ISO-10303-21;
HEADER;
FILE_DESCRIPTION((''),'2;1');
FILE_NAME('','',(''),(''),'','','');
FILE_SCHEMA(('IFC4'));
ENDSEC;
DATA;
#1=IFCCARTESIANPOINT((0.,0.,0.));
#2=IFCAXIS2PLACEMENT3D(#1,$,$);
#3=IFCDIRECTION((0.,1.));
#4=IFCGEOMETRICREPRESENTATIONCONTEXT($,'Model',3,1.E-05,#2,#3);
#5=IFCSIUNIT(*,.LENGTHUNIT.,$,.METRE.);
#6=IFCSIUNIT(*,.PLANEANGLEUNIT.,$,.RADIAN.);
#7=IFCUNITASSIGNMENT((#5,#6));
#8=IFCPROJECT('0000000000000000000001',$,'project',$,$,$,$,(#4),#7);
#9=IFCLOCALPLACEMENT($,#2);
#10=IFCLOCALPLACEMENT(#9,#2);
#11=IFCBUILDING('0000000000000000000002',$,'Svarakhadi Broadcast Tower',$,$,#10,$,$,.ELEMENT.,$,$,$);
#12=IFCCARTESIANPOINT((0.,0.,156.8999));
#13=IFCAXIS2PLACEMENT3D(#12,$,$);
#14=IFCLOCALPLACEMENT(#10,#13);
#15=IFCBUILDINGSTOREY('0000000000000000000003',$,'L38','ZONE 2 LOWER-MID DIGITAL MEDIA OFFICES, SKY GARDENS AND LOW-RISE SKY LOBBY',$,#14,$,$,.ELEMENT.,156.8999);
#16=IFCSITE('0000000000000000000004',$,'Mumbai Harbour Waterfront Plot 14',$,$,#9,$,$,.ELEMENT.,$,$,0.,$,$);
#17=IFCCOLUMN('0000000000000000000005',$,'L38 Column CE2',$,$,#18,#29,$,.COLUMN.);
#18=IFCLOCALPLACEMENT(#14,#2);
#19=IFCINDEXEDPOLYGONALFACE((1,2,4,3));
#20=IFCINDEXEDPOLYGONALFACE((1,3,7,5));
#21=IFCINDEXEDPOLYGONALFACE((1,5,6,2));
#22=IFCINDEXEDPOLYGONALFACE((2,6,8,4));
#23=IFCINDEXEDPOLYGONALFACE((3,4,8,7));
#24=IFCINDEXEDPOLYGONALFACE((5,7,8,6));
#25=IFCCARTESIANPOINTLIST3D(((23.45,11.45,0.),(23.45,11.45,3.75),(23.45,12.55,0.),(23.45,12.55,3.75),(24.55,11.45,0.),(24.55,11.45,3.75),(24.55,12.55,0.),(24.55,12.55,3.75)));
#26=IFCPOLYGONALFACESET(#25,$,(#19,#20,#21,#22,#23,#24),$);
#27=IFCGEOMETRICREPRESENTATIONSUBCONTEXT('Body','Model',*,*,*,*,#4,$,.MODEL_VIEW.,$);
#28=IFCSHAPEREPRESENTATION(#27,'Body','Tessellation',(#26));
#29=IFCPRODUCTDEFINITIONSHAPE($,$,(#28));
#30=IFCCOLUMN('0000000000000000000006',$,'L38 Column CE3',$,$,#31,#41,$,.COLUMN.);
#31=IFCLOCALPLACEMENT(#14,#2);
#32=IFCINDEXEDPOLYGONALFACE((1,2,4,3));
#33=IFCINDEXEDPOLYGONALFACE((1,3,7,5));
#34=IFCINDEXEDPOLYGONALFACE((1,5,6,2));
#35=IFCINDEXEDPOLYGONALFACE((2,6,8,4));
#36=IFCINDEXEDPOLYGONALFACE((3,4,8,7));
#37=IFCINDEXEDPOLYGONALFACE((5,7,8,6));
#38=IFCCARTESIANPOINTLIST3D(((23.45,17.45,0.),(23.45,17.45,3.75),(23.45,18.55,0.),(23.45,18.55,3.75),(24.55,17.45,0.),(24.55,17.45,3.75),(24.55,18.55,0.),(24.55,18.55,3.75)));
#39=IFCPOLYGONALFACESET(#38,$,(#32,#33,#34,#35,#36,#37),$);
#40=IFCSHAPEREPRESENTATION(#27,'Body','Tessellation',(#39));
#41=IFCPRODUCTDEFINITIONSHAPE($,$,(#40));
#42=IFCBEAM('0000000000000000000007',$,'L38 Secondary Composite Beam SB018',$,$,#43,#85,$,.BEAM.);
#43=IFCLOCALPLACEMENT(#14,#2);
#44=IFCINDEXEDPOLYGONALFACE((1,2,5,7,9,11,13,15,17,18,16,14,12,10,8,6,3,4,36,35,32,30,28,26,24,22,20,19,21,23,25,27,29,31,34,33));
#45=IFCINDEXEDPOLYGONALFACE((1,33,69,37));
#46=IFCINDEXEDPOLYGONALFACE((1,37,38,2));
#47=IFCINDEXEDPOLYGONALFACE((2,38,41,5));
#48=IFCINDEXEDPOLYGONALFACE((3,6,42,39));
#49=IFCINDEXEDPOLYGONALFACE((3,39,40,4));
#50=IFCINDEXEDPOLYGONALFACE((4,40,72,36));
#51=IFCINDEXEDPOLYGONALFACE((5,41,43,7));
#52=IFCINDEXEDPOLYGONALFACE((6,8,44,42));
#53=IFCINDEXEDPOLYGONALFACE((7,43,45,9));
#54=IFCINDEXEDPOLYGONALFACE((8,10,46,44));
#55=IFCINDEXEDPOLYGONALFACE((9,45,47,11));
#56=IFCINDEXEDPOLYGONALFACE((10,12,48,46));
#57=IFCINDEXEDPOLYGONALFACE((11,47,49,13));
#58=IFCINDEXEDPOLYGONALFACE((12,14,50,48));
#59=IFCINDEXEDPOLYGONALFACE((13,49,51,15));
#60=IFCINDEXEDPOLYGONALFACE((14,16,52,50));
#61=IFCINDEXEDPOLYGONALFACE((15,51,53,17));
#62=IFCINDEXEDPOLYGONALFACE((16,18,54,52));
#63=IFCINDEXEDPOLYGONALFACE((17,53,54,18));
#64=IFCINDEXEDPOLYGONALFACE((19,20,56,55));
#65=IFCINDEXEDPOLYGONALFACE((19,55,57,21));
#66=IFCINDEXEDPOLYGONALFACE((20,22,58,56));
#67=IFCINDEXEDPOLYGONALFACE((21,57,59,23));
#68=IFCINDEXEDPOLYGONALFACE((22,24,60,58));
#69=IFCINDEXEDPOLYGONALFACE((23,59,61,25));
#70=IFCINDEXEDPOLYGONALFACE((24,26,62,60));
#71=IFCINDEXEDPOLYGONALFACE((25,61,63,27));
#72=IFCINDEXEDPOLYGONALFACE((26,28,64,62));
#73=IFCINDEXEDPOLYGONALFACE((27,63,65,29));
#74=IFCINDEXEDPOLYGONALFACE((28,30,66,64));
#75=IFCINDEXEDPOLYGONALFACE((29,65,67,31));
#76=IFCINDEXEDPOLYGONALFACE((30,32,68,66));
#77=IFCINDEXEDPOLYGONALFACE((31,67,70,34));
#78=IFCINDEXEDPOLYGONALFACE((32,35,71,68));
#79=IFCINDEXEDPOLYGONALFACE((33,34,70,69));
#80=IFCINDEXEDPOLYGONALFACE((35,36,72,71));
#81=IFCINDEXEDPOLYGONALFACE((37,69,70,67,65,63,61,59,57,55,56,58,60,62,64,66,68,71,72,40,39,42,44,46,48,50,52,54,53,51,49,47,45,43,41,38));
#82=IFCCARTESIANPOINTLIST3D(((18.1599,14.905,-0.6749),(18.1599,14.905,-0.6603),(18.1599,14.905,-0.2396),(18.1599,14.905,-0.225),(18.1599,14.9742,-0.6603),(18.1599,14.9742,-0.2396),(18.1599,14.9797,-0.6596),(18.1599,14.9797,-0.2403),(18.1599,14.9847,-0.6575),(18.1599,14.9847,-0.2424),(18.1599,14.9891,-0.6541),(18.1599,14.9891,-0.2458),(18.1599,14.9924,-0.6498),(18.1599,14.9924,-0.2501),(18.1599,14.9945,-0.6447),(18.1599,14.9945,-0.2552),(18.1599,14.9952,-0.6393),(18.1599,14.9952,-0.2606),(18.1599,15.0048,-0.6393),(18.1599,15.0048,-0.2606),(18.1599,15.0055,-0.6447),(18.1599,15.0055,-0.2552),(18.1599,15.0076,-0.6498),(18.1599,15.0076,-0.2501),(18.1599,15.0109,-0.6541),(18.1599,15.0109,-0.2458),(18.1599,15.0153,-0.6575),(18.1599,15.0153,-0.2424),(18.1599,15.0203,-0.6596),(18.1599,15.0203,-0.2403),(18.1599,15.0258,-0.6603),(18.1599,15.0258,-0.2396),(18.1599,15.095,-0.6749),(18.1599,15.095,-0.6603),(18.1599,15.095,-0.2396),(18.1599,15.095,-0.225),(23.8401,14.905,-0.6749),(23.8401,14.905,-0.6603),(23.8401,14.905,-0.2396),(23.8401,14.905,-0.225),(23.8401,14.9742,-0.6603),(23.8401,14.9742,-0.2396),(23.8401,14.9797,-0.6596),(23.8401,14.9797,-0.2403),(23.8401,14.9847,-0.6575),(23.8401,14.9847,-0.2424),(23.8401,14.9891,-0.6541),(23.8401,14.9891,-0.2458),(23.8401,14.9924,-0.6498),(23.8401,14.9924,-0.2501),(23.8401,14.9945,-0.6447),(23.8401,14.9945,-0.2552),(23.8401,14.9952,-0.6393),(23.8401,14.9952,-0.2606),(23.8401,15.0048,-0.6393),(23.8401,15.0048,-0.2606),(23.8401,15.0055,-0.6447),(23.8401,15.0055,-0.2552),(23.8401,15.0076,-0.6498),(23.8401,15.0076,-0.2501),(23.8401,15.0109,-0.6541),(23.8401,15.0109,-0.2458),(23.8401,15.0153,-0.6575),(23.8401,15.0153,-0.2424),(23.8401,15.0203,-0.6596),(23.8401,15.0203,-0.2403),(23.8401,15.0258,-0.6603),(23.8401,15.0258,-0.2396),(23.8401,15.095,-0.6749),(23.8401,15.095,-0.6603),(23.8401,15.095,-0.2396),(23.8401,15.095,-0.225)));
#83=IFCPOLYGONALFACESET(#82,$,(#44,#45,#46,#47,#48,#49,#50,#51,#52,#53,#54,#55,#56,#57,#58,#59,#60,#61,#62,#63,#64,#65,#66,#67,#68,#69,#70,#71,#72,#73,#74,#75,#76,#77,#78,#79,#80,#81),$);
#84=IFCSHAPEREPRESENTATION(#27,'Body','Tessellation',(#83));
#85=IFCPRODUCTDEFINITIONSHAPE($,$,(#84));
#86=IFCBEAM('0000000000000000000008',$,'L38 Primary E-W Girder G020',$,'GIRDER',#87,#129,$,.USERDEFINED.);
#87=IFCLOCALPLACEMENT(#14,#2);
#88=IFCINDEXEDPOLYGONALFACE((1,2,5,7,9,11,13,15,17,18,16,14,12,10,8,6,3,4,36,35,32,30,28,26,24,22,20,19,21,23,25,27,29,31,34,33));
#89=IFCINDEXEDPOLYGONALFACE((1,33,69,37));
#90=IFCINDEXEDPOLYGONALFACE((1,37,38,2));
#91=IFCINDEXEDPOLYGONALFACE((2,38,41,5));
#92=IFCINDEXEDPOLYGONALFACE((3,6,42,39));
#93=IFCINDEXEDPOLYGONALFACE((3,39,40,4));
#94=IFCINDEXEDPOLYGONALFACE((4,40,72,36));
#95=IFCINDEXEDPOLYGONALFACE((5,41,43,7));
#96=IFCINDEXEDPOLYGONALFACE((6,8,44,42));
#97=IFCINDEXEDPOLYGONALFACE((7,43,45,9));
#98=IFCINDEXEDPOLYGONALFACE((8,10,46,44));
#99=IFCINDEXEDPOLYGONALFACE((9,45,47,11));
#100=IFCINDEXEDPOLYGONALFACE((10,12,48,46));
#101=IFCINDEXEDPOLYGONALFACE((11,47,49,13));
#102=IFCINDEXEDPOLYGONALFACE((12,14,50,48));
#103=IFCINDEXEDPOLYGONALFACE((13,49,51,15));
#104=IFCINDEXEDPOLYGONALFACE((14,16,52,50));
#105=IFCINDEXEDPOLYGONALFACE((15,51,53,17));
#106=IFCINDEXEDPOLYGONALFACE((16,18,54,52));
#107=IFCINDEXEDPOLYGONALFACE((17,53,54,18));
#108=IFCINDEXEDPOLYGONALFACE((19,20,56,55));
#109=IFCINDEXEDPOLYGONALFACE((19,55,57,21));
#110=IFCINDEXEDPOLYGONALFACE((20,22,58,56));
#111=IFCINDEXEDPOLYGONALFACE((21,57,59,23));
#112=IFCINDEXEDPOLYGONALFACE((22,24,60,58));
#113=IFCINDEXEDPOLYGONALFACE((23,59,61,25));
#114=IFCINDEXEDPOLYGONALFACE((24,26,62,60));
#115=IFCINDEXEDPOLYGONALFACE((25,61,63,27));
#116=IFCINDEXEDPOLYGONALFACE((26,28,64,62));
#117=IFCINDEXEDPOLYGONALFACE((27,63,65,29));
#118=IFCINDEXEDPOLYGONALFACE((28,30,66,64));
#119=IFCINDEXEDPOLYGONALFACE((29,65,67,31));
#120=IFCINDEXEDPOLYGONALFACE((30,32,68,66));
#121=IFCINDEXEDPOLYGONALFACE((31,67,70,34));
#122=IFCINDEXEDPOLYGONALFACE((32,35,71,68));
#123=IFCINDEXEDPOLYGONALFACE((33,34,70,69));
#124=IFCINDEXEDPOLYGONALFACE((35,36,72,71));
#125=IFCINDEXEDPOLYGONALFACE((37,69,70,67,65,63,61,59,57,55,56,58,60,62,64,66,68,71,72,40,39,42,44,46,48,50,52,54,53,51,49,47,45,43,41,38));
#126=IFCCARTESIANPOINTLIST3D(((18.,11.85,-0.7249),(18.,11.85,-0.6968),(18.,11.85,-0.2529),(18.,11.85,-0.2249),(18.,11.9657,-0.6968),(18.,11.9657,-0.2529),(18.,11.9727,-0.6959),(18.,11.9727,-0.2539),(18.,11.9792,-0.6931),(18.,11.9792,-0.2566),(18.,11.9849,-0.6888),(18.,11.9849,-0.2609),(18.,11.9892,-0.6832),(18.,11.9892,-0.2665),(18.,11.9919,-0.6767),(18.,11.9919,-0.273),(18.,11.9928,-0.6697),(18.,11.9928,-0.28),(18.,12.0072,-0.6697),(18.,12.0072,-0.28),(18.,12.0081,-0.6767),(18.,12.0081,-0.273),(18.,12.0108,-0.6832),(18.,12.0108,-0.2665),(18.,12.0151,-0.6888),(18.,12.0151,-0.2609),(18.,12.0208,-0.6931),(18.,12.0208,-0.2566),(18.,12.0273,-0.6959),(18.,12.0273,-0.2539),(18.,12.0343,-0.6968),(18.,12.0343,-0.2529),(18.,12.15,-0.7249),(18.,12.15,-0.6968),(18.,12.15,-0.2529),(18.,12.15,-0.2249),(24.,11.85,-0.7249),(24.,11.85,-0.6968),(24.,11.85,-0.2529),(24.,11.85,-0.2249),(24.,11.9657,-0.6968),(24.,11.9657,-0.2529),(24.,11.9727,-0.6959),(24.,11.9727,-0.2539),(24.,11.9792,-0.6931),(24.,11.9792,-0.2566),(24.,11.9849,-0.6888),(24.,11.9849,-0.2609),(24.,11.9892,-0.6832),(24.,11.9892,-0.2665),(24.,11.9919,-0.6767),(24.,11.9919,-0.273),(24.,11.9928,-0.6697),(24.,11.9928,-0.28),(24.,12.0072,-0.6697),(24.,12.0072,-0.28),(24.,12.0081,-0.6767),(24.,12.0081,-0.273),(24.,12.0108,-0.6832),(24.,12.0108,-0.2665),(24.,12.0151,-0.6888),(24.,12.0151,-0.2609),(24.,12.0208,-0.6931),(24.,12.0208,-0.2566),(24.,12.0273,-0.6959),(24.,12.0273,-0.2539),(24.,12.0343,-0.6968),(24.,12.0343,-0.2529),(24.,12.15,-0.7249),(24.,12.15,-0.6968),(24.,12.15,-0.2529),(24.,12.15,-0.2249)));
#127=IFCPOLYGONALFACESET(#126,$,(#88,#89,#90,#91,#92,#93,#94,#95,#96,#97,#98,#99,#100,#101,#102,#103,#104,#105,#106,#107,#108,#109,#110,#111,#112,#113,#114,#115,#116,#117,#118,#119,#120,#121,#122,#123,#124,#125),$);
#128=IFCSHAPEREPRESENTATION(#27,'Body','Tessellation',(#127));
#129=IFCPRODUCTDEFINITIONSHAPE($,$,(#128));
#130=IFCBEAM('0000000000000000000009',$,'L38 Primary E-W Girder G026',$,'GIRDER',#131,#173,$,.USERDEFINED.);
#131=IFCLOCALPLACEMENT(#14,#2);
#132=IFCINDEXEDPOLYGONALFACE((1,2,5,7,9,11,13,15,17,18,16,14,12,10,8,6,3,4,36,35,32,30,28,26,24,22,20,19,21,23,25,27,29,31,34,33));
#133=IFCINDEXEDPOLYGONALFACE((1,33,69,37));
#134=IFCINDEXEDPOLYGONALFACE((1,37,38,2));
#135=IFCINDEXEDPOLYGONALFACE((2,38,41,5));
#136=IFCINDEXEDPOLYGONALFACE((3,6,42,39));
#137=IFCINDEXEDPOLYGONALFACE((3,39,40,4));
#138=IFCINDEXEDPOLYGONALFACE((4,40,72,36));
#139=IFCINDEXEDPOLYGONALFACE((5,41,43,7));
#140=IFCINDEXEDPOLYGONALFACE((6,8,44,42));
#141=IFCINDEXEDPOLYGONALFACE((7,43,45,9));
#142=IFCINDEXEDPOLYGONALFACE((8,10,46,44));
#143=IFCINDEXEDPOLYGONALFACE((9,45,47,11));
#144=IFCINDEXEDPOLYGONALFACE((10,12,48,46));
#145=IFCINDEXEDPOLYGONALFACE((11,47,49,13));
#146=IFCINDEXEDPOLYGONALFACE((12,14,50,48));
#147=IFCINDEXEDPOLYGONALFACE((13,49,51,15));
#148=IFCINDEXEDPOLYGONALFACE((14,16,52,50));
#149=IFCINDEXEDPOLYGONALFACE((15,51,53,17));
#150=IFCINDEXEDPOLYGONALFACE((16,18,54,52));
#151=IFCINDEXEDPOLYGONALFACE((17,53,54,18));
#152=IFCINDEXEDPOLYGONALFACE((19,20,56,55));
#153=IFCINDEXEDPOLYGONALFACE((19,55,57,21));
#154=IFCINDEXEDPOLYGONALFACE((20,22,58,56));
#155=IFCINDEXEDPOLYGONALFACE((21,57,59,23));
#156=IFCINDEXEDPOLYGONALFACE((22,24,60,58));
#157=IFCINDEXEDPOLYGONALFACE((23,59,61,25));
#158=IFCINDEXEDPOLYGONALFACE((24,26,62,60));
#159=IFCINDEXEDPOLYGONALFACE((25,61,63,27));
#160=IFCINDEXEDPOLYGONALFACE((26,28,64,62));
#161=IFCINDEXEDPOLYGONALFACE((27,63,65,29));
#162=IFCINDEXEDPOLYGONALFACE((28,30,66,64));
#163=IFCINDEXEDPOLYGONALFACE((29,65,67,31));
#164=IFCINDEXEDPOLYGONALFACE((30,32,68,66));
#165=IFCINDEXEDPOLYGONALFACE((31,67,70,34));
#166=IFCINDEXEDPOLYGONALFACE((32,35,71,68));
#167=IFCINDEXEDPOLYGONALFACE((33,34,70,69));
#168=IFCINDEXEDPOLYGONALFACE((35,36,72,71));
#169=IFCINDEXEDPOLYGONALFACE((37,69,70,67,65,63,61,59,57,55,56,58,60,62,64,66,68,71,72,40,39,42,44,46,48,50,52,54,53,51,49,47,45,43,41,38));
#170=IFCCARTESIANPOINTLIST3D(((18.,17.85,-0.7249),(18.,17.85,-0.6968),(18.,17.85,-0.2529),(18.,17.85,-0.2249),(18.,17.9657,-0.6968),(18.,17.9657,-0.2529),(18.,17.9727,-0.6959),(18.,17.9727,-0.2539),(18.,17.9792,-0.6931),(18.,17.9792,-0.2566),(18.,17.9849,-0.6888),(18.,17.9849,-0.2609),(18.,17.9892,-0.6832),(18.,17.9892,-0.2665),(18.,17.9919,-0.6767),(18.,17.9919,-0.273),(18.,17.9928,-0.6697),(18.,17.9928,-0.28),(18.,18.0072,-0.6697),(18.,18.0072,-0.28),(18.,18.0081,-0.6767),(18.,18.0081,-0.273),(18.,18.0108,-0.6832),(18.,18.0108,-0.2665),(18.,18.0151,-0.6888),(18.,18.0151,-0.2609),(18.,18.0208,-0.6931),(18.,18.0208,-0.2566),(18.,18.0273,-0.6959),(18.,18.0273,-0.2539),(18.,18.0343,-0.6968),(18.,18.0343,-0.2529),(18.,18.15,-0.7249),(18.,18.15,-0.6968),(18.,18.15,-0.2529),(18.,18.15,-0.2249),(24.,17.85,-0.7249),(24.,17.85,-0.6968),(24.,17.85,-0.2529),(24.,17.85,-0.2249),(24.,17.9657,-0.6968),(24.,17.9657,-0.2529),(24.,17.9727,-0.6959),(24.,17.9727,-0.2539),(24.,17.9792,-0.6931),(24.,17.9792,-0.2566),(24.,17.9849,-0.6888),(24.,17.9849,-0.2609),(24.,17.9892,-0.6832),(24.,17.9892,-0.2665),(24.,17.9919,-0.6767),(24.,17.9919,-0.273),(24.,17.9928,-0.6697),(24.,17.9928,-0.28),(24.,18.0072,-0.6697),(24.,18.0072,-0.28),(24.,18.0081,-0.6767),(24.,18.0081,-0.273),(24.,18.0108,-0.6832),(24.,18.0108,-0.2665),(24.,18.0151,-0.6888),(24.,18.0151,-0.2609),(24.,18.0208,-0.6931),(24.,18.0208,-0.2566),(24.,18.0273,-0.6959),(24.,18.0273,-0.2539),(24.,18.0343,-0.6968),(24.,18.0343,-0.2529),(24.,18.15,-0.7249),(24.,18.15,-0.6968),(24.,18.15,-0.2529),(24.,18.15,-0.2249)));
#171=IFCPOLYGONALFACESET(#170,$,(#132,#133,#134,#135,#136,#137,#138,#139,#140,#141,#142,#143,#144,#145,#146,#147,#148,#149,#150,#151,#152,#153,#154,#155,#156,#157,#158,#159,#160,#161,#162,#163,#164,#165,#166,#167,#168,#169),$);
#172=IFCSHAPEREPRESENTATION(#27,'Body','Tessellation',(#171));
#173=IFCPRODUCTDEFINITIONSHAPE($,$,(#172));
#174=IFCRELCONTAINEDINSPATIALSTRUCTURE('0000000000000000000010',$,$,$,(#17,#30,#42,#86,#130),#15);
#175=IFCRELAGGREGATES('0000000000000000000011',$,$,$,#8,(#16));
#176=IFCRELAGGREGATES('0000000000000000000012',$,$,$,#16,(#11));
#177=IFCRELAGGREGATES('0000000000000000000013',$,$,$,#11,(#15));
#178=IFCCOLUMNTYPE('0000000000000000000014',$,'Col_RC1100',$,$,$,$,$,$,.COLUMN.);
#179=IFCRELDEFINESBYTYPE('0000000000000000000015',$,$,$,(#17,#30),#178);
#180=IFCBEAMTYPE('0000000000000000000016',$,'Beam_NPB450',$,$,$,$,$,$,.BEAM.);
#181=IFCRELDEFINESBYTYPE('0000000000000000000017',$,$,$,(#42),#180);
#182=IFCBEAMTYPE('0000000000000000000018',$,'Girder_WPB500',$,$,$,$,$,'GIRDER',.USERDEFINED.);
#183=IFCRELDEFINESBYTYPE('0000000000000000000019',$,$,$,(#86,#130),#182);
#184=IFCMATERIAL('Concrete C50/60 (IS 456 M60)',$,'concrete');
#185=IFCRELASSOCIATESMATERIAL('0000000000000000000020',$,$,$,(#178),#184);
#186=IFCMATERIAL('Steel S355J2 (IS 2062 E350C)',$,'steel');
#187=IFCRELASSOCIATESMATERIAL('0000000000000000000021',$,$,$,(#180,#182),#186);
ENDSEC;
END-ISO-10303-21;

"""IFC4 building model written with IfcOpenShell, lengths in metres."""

from ifc_helpers import new_model, si_unit, direction, frame, origin, origin_2d, place, context, subcontext, project, spatial, rectangle, i_section, extrude, material, material_profile, profile_set, type_object, element, save


model = new_model("IFC4")

# Units and contexts
model_context = context("Model", 3, precision=1e-05, world=origin(), true_north=direction((0.0, 1.0)))
body_context = subcontext(model_context, "Body", "Model", "MODEL_VIEW")
ifc_project = project(units=[si_unit("LENGTHUNIT", "METRE"), si_unit("PLANEANGLEUNIT", "RADIAN")], contexts=[model_context])

# Site, building, storey
site_placement = place(None, origin())
site = spatial("IfcSite", under=ifc_project, at=site_placement, Name="Mumbai Harbour Waterfront Plot 14", CompositionType="ELEMENT", RefElevation=0.0)
building_placement = place(site_placement, origin())
building = spatial("IfcBuilding", under=site, at=building_placement, Name="Svarakhadi Broadcast Tower", CompositionType="ELEMENT")
storey_placement = place(building_placement, frame((0.0, 0.0, 156.8999)))
storey = spatial("IfcBuildingStorey", under=building, at=storey_placement, Name="L38", Description="ZONE 2 LOWER-MID DIGITAL MEDIA OFFICES, SKY GARDENS AND LOW-RISE SKY LOBBY", CompositionType="ELEMENT", Elevation=156.8999)

# Columns
ifc_material_1 = material(Name="Concrete C50/60 (IS 456 M60)", Category="concrete")
ifc_material_profile_1 = material_profile(ifc_material_1, rectangle(XDim=1.1001, YDim=1.1001, at=origin_2d()), Name="RC 1100x1100")
ifc_profile_set_1 = profile_set([ifc_material_profile_1], Name="Concrete C50/60 (IS 456 M60)")
column_type = type_object("IfcColumnType", Name="Col_RC1100", PredefinedType="COLUMN", material=ifc_profile_set_1)
for number, where, z_axis, x_axis, name in (
    (1, (24.0, 12.0, 0.0), (0.0, 0.0, 1.0), (1.0, 0.0, 0.0), "L38 Column CE2"),
    (2, (24.0, 18.0, 0.0), (0.0, 0.0, 1.0), (1.0, 0.0, 0.0), "L38 Column CE3"),
):
    element("IfcColumn", number, at=place(storey_placement, frame(where, z_axis=z_axis, x_axis=x_axis)), inside=storey, type_object=column_type, Name=name, PredefinedType="COLUMN", context=body_context, shape_type="SweptSolid", body=[
        extrude(rectangle(XDim=1.1001, YDim=1.1001, at=origin_2d()), origin(), (0.0, 0.0, 1.0), 3.75),
    ])

# Beams
ifc_material_2 = material(Name="Steel S355J2 (IS 2062 E350C)", Category="steel")
ifc_material_profile_2 = material_profile(ifc_material_2, i_section(OverallWidth=0.1899, OverallDepth=0.45, WebThickness=0.0095, FlangeThickness=0.0146, FilletRadius=0.021, at=origin_2d()), Name="NPB 450x190x78")
ifc_profile_set_2 = profile_set([ifc_material_profile_2], Name="Steel S355J2 (IS 2062 E350C)")
beam_type_1 = type_object("IfcBeamType", Name="Beam_NPB450", PredefinedType="BEAM", material=ifc_profile_set_2)
beam_placement = place(storey_placement, frame((18.1599, 15.0, -0.45), z_axis=(1.0, 0.0, 0.0), x_axis=(0.0, 1.0, 0.0)))
element("IfcBeam", 3, at=beam_placement, inside=storey, type_object=beam_type_1, Name="L38 Secondary Composite Beam SB018", PredefinedType="BEAM", context=body_context, shape_type="SweptSolid", body=[
    extrude(i_section(OverallWidth=0.1899, OverallDepth=0.45, WebThickness=0.0095, FlangeThickness=0.0146, FilletRadius=0.021, at=origin_2d()), origin(), (0.0, 0.0, 1.0), 5.6802),
])
ifc_material_profile_3 = material_profile(ifc_material_2, i_section(OverallWidth=0.3, OverallDepth=0.5, WebThickness=0.0144, FlangeThickness=0.0281, FilletRadius=0.0271, at=origin_2d()), Name="WPB 500x300x187")
ifc_profile_set_3 = profile_set([ifc_material_profile_3], Name="Steel S355J2 (IS 2062 E350C)")
beam_type_2 = type_object("IfcBeamType", Name="Girder_WPB500", ElementType="GIRDER", PredefinedType="USERDEFINED", material=ifc_profile_set_3)
for number, where, z_axis, x_axis, name in (
    (4, (18.0, 12.0, -0.4749), (1.0, 0.0, 0.0), (0.0, 1.0, 0.0), "L38 Primary E-W Girder G020"),
    (5, (18.0, 18.0, -0.4749), (1.0, 0.0, 0.0), (0.0, 1.0, 0.0), "L38 Primary E-W Girder G026"),
):
    element("IfcBeam", number, at=place(storey_placement, frame(where, z_axis=z_axis, x_axis=x_axis)), inside=storey, type_object=beam_type_2, Name=name, ObjectType="GIRDER", PredefinedType="USERDEFINED", context=body_context, shape_type="SweptSolid", body=[
        extrude(i_section(OverallWidth=0.3, OverallDepth=0.5, WebThickness=0.0144, FlangeThickness=0.0281, FilletRadius=0.0271, at=origin_2d()), origin(), (0.0, 0.0, 1.0), 6.0),
    ])

save(model, "model.ifc")
